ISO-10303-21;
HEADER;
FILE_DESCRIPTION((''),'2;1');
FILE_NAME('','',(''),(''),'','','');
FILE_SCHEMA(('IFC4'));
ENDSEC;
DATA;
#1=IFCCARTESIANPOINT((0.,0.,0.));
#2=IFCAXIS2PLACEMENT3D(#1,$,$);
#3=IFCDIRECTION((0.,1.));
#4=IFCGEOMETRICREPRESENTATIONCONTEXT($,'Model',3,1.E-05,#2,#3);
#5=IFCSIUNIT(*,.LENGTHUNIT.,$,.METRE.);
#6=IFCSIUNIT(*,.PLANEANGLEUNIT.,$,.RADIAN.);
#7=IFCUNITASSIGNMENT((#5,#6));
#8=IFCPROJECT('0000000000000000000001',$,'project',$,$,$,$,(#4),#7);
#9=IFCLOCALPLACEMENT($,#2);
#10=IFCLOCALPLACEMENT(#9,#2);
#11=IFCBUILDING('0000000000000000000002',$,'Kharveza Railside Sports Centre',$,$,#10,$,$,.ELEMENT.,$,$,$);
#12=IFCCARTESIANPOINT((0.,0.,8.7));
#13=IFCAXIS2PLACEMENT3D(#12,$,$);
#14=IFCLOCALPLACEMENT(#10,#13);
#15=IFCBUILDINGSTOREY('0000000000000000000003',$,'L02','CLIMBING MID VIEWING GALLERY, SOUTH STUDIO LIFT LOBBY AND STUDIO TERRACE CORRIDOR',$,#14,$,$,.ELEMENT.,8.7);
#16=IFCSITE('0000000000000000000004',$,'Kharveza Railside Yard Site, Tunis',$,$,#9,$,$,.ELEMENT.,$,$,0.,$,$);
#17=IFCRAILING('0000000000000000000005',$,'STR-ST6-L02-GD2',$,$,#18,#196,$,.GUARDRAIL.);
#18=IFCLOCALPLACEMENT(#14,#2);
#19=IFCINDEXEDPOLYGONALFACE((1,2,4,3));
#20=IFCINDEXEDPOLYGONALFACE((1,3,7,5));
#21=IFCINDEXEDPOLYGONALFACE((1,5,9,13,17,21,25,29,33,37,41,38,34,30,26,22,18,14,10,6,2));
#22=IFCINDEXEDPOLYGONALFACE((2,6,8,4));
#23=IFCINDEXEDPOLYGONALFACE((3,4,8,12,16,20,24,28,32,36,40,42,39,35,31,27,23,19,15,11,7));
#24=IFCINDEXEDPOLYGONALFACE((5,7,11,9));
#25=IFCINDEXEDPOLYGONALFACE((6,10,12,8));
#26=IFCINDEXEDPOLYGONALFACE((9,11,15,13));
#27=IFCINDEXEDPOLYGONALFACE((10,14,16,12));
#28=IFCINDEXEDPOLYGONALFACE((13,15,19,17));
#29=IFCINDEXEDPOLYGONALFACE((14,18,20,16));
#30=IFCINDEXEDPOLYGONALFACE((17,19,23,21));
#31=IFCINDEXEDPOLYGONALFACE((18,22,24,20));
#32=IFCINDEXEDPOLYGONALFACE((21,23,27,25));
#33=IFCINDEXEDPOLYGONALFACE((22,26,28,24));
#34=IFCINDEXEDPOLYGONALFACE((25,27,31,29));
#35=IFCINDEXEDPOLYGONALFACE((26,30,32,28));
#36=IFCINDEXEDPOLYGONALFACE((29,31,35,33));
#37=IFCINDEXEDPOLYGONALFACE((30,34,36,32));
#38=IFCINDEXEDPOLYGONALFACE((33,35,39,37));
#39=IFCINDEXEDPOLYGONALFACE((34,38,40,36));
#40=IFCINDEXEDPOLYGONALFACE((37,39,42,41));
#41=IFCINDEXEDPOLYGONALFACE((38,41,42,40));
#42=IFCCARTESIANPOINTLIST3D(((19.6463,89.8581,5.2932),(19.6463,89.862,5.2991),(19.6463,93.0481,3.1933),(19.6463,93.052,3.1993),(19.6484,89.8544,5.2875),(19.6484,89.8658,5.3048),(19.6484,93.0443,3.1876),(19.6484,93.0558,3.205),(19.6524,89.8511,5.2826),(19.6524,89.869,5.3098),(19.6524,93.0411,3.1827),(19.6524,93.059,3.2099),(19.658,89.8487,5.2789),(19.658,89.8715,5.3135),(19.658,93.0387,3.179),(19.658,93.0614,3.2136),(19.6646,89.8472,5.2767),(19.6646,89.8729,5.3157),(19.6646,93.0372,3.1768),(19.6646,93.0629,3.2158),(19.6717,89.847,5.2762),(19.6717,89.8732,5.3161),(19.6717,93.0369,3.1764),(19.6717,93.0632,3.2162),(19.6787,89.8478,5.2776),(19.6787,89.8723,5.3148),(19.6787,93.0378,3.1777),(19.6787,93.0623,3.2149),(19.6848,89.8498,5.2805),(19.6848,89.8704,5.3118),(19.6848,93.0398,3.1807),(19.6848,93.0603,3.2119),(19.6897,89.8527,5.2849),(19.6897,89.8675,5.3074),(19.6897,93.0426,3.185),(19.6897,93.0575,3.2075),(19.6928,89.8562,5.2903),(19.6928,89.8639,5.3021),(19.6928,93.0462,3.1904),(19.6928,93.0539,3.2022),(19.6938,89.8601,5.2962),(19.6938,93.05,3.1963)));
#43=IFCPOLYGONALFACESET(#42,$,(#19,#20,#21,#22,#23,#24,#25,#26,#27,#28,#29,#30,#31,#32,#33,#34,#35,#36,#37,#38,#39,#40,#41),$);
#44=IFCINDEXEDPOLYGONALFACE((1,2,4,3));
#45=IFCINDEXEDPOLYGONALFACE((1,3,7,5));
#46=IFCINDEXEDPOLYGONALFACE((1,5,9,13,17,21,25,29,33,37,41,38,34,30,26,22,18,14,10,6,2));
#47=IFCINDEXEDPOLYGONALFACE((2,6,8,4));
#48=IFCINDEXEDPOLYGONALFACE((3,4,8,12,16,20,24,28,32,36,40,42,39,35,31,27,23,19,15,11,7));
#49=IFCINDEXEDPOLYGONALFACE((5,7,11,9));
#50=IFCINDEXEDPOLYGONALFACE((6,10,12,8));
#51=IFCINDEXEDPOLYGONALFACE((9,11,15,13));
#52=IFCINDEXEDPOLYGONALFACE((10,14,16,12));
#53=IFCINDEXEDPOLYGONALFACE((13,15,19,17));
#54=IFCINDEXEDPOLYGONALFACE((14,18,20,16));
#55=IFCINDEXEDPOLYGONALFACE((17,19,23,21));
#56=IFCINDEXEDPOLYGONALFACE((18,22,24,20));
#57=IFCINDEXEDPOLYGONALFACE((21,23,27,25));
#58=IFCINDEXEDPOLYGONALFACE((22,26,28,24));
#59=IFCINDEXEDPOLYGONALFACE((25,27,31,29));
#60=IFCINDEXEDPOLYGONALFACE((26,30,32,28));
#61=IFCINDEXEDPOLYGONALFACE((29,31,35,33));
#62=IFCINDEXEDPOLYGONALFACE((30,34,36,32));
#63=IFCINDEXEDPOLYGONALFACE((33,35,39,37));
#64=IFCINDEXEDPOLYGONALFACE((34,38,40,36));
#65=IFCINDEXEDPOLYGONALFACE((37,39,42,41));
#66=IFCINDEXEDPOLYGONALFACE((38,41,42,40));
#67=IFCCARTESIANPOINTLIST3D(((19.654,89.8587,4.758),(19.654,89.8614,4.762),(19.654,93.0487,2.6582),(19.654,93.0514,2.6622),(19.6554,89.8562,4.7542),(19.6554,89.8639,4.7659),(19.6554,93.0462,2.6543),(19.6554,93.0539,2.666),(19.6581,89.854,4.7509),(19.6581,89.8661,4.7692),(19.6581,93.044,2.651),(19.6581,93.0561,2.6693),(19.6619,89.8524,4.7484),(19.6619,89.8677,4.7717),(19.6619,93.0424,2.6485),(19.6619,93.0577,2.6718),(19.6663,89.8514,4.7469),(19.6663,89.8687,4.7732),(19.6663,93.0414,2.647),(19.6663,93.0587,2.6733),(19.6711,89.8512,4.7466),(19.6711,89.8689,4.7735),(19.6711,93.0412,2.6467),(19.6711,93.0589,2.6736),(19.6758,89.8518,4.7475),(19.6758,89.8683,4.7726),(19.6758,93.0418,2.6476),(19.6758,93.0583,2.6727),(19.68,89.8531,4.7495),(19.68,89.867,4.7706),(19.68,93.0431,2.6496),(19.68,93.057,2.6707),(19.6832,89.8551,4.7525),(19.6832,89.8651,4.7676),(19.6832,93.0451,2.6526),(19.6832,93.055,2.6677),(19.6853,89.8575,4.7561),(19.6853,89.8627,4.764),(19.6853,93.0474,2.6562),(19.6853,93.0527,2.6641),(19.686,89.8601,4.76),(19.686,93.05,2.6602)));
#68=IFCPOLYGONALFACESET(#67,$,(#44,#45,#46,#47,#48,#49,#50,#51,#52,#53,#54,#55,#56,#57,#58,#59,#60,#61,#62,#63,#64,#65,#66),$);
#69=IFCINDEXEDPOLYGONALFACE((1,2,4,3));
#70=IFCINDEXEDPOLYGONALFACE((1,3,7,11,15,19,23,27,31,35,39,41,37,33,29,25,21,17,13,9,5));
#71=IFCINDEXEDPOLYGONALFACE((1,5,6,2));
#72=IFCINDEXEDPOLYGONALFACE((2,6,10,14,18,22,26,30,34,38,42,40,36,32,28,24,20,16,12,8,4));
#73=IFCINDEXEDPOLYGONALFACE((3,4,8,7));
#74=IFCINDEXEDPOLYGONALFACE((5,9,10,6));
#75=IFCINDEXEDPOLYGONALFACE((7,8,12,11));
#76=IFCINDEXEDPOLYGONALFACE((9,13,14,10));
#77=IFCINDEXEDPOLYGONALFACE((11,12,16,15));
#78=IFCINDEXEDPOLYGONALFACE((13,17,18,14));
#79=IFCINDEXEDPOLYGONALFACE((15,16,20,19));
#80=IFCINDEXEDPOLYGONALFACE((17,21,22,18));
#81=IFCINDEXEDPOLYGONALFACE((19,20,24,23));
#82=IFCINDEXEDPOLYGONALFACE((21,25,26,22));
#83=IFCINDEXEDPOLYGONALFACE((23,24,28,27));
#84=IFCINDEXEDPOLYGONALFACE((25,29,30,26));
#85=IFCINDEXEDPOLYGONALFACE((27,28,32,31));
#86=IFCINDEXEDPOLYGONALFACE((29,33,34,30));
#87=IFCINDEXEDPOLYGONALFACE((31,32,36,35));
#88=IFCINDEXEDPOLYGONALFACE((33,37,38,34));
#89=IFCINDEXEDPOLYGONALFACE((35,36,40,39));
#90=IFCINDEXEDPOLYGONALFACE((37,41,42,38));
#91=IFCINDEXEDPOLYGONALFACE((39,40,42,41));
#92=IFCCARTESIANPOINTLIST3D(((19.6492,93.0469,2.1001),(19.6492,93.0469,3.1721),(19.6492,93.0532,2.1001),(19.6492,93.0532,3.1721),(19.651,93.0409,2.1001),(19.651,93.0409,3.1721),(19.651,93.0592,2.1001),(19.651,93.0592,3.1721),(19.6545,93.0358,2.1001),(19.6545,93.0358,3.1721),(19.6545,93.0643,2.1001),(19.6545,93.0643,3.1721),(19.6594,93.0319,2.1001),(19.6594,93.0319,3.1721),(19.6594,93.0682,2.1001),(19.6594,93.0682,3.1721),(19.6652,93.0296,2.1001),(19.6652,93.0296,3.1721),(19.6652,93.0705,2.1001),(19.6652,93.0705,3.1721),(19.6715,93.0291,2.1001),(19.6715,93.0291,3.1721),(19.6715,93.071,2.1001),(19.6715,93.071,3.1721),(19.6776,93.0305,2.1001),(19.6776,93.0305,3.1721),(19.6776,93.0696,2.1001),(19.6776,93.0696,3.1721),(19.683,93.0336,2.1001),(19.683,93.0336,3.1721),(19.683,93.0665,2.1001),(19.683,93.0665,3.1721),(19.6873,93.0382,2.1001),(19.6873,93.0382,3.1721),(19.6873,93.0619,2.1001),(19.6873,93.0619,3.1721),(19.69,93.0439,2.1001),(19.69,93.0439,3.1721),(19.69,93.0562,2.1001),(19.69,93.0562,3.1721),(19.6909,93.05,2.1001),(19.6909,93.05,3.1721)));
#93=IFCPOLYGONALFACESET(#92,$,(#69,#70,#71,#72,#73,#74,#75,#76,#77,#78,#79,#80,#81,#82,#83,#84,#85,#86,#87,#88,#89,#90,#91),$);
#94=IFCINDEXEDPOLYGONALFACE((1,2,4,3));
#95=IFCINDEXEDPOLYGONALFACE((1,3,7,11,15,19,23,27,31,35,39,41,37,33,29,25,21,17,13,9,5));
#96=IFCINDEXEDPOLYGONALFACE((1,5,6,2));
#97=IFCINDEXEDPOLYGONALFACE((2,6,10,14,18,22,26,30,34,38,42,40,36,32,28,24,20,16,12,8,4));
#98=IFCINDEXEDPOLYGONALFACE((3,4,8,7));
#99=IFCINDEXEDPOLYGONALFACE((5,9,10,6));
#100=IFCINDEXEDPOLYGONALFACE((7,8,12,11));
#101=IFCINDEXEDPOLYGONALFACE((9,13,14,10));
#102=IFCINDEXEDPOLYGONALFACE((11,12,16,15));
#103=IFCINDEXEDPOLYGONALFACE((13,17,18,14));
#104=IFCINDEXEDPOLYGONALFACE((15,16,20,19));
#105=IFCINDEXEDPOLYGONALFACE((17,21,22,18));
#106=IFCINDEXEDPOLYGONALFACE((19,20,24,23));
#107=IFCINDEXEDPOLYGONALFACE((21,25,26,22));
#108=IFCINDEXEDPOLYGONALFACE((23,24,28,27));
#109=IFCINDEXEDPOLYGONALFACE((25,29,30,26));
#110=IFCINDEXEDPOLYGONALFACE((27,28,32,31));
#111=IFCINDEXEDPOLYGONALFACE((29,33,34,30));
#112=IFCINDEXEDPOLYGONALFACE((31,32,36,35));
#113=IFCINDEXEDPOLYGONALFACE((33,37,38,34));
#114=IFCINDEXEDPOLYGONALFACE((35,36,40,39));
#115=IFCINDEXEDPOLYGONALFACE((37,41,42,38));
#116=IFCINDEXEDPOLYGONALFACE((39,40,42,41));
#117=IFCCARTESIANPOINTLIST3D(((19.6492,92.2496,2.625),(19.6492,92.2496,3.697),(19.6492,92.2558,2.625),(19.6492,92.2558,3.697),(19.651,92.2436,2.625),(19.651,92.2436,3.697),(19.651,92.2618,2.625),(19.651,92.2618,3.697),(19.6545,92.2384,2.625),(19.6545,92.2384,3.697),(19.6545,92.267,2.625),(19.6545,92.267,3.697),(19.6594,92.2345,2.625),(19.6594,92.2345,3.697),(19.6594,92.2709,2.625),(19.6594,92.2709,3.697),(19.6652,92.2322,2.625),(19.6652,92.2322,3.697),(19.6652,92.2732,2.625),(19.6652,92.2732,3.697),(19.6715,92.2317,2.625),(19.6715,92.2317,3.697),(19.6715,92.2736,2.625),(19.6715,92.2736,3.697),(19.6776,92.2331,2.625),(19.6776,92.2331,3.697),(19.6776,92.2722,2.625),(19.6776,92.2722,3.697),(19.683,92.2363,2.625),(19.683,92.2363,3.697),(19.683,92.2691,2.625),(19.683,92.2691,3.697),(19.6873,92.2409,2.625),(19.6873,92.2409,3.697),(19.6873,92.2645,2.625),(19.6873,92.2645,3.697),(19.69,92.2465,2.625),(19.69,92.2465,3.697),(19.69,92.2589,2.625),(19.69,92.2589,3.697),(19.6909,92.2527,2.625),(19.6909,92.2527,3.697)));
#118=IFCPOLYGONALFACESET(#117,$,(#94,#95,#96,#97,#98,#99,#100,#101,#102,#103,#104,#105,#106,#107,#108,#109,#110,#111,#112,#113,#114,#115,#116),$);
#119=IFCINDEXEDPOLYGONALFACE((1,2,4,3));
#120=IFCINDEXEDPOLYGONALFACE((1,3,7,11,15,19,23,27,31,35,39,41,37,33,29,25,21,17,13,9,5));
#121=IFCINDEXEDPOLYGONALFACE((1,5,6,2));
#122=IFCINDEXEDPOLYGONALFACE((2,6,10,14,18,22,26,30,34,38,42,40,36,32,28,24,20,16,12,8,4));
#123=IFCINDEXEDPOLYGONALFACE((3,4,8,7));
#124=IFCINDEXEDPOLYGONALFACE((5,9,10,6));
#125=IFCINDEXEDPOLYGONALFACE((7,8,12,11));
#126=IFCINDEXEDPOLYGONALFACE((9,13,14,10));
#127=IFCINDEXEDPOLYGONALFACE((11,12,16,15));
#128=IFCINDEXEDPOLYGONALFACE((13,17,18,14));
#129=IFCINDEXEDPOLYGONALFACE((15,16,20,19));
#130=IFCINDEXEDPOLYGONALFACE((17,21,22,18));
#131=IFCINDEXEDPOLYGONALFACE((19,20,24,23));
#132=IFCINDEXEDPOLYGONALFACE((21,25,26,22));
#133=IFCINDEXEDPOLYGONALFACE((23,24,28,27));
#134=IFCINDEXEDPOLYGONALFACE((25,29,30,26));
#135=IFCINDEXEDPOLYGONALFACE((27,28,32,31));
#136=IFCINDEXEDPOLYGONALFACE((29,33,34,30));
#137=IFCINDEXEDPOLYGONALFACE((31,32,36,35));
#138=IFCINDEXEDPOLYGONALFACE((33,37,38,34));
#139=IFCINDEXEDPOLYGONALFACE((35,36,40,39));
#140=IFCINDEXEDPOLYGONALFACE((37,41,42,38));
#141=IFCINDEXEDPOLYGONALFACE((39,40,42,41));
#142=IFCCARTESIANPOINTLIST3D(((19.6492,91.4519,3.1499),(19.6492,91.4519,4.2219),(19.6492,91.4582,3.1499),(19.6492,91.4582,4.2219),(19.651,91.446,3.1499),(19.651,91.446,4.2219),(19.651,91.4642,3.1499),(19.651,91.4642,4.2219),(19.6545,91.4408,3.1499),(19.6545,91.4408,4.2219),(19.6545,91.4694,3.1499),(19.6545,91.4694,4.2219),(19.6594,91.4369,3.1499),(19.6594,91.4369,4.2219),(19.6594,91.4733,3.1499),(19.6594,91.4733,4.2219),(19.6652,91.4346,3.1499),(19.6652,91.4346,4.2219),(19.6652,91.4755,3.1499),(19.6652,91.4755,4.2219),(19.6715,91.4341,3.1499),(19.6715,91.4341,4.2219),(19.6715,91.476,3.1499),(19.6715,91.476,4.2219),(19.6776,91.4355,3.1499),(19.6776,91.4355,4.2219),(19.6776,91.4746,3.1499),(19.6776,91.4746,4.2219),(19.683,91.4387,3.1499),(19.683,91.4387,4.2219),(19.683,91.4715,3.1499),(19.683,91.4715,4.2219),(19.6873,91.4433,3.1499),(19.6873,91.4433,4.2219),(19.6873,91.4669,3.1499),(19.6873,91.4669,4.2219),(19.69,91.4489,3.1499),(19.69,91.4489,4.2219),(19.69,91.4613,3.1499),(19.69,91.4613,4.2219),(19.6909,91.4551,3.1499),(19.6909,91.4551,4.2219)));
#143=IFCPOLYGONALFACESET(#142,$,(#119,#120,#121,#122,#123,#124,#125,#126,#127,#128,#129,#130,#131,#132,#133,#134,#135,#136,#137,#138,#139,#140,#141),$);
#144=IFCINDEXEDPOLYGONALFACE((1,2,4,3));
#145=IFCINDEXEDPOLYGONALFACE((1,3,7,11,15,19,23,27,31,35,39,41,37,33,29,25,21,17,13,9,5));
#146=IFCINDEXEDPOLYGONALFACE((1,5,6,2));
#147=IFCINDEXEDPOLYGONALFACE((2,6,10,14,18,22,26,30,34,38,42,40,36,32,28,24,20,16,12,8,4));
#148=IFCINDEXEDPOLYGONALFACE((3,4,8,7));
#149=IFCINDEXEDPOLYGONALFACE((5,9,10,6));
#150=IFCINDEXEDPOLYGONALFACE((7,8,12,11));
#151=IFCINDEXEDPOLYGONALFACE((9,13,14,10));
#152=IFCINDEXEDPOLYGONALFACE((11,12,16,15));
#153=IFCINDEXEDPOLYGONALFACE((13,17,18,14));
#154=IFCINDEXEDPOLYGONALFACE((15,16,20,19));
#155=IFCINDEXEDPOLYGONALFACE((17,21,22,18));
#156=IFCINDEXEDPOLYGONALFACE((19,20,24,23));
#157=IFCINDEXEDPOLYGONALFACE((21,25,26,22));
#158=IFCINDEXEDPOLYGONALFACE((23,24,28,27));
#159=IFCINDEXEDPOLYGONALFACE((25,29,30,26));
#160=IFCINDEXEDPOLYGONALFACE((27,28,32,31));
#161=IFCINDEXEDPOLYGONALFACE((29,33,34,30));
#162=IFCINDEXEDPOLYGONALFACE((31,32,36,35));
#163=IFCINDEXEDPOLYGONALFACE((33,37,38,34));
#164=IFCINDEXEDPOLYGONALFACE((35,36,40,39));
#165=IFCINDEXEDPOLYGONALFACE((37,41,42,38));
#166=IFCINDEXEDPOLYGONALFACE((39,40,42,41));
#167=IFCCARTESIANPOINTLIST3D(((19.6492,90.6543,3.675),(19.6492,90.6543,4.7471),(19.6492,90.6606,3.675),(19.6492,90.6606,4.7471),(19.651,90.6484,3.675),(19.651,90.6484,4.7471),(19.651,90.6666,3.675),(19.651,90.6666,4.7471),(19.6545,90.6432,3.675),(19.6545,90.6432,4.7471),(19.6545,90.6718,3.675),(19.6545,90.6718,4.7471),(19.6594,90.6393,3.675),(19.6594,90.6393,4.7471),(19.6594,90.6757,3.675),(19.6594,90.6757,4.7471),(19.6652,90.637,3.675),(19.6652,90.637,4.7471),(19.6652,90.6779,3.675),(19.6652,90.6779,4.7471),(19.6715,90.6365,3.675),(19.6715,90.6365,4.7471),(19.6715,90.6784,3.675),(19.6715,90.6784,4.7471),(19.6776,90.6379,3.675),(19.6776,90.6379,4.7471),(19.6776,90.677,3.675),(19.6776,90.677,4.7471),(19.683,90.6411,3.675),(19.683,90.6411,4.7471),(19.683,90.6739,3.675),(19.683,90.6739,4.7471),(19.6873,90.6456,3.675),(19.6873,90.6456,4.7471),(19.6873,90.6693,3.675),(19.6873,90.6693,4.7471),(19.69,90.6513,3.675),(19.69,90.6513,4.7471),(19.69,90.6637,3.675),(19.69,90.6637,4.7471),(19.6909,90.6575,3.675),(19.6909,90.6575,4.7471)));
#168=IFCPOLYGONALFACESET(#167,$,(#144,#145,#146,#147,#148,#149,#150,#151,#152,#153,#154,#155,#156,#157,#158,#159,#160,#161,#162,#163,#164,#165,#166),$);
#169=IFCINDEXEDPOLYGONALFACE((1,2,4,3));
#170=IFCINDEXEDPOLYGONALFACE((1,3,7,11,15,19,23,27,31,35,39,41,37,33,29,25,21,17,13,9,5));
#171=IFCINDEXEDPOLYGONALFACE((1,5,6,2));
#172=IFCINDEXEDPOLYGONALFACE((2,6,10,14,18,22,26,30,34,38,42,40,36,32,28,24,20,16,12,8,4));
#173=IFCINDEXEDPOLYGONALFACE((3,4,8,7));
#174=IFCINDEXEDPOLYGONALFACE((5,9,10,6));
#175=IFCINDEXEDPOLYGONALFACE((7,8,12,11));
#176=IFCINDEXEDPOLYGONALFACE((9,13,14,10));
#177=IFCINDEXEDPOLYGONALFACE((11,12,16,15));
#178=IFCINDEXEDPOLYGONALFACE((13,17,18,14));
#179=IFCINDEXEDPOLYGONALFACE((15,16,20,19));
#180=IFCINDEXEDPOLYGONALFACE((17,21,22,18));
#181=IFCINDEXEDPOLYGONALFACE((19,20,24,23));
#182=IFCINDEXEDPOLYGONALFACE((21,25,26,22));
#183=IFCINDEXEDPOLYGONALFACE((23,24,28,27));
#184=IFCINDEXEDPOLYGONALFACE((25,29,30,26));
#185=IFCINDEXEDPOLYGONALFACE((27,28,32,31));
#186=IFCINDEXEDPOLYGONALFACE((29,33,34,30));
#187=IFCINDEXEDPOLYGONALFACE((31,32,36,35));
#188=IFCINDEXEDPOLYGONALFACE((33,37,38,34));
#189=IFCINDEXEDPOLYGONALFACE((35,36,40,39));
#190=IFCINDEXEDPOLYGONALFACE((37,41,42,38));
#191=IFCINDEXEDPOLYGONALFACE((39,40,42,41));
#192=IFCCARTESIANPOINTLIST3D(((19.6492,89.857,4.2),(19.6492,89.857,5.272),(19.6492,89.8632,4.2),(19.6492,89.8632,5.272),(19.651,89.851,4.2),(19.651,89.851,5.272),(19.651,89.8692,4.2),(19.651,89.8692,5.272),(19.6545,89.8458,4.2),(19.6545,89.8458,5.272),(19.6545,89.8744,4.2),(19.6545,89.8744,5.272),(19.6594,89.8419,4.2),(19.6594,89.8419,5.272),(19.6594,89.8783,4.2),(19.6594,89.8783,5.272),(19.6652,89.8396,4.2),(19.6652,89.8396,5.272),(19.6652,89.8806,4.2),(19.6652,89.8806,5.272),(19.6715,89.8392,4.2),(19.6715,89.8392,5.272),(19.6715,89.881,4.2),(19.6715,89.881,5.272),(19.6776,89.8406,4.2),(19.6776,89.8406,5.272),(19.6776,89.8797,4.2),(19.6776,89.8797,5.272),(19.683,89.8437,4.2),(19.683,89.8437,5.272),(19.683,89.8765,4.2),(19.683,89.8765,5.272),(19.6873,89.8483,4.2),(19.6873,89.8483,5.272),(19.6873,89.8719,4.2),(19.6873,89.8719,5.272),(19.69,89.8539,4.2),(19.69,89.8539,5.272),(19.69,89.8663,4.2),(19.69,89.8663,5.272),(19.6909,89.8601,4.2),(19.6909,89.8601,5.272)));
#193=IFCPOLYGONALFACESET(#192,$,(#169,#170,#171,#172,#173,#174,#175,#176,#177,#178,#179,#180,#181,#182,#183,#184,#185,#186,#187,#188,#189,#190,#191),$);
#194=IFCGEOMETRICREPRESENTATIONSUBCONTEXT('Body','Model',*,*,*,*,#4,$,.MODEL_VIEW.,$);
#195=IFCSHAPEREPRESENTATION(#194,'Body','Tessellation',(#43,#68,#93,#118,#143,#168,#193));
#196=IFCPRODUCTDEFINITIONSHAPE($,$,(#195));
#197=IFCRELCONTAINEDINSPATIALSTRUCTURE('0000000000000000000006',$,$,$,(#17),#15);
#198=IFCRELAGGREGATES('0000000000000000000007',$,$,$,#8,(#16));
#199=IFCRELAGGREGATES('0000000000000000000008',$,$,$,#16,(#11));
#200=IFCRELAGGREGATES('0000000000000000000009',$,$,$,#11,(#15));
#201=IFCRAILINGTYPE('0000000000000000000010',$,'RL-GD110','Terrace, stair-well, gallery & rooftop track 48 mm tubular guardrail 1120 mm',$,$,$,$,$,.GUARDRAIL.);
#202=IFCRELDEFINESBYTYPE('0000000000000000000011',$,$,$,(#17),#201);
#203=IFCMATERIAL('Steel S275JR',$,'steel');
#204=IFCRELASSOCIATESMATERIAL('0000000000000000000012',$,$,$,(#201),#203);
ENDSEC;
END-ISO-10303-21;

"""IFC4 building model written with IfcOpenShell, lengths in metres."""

from ifc_helpers import new_model, si_unit, direction, frame, origin, origin_2d, place, context, subcontext, project, spatial, circle, extrude, material, type_object, element, save


model = new_model("IFC4")

# Units and contexts
model_context = context("Model", 3, precision=1e-05, world=origin(), true_north=direction((0.0, 1.0)))
body_context = subcontext(model_context, "Body", "Model", "MODEL_VIEW")
ifc_project = project(units=[si_unit("LENGTHUNIT", "METRE"), si_unit("PLANEANGLEUNIT", "RADIAN")], contexts=[model_context])

# Site, building, storey
site_placement = place(None, origin())
site = spatial("IfcSite", under=ifc_project, at=site_placement, Name="Kharveza Railside Yard Site, Tunis", CompositionType="ELEMENT", RefElevation=0.0)
building_placement = place(site_placement, origin())
building = spatial("IfcBuilding", under=site, at=building_placement, Name="Kharveza Railside Sports Centre", CompositionType="ELEMENT")
storey_placement = place(building_placement, frame((0.0, 0.0, 8.7)))
storey = spatial("IfcBuildingStorey", under=building, at=storey_placement, Name="L02", Description="CLIMBING MID VIEWING GALLERY, SOUTH STUDIO LIFT LOBBY AND STUDIO TERRACE CORRIDOR", CompositionType="ELEMENT", Elevation=8.7)

# Railing
ifc_material_1 = material(Name="Steel S275JR", Category="steel")
railing_type_1 = type_object("IfcRailingType", Name="RL-GD110", Description="Terrace, stair-well, gallery & rooftop track 48 mm tubular guardrail 1120 mm", PredefinedType="GUARDRAIL", material=ifc_material_1)
railing_1_placement = place(storey_placement, frame((19.6699, 93.05, 2.1001)))
element("IfcRailing", 1, at=railing_1_placement, inside=storey, type_object=railing_type_1, Name="STR-ST6-L02-GD2", PredefinedType="GUARDRAIL", context=body_context, shape_type="SweptSolid", body=[
    extrude(circle(Radius=0.0239, at=origin_2d()), frame((0.0, 0.0, 1.0962), z_axis=(0.0, -0.835272, 0.549837), x_axis=(1.0, 0.0, 0.0)), (0.0, 0.0, 1.0), 3.8191),
    extrude(circle(Radius=0.0161, at=origin_2d()), frame((0.0, 0.0, 0.5601), z_axis=(0.0, -0.835272, 0.549837), x_axis=(1.0, 0.0, 0.0)), (0.0, 0.0, 1.0), 3.8191),
    extrude(circle(Radius=0.021, at=origin_2d()), origin(), (0.0, 0.0, 1.0), 1.072),
    extrude(circle(Radius=0.021, at=origin_2d()), frame((0.0, -0.7974, 0.5249)), (0.0, 0.0, 1.0), 1.072),
    extrude(circle(Radius=0.021, at=origin_2d()), frame((0.0, -1.595, 1.0498)), (0.0, 0.0, 1.0), 1.072),
    extrude(circle(Radius=0.021, at=origin_2d()), frame((0.0, -2.3926, 1.575)), (0.0, 0.0, 1.0), 1.072),
    extrude(circle(Radius=0.021, at=origin_2d()), frame((0.0, -3.1899, 2.0999)), (0.0, 0.0, 1.0), 1.072),
])

save(model, "model.ifc")
